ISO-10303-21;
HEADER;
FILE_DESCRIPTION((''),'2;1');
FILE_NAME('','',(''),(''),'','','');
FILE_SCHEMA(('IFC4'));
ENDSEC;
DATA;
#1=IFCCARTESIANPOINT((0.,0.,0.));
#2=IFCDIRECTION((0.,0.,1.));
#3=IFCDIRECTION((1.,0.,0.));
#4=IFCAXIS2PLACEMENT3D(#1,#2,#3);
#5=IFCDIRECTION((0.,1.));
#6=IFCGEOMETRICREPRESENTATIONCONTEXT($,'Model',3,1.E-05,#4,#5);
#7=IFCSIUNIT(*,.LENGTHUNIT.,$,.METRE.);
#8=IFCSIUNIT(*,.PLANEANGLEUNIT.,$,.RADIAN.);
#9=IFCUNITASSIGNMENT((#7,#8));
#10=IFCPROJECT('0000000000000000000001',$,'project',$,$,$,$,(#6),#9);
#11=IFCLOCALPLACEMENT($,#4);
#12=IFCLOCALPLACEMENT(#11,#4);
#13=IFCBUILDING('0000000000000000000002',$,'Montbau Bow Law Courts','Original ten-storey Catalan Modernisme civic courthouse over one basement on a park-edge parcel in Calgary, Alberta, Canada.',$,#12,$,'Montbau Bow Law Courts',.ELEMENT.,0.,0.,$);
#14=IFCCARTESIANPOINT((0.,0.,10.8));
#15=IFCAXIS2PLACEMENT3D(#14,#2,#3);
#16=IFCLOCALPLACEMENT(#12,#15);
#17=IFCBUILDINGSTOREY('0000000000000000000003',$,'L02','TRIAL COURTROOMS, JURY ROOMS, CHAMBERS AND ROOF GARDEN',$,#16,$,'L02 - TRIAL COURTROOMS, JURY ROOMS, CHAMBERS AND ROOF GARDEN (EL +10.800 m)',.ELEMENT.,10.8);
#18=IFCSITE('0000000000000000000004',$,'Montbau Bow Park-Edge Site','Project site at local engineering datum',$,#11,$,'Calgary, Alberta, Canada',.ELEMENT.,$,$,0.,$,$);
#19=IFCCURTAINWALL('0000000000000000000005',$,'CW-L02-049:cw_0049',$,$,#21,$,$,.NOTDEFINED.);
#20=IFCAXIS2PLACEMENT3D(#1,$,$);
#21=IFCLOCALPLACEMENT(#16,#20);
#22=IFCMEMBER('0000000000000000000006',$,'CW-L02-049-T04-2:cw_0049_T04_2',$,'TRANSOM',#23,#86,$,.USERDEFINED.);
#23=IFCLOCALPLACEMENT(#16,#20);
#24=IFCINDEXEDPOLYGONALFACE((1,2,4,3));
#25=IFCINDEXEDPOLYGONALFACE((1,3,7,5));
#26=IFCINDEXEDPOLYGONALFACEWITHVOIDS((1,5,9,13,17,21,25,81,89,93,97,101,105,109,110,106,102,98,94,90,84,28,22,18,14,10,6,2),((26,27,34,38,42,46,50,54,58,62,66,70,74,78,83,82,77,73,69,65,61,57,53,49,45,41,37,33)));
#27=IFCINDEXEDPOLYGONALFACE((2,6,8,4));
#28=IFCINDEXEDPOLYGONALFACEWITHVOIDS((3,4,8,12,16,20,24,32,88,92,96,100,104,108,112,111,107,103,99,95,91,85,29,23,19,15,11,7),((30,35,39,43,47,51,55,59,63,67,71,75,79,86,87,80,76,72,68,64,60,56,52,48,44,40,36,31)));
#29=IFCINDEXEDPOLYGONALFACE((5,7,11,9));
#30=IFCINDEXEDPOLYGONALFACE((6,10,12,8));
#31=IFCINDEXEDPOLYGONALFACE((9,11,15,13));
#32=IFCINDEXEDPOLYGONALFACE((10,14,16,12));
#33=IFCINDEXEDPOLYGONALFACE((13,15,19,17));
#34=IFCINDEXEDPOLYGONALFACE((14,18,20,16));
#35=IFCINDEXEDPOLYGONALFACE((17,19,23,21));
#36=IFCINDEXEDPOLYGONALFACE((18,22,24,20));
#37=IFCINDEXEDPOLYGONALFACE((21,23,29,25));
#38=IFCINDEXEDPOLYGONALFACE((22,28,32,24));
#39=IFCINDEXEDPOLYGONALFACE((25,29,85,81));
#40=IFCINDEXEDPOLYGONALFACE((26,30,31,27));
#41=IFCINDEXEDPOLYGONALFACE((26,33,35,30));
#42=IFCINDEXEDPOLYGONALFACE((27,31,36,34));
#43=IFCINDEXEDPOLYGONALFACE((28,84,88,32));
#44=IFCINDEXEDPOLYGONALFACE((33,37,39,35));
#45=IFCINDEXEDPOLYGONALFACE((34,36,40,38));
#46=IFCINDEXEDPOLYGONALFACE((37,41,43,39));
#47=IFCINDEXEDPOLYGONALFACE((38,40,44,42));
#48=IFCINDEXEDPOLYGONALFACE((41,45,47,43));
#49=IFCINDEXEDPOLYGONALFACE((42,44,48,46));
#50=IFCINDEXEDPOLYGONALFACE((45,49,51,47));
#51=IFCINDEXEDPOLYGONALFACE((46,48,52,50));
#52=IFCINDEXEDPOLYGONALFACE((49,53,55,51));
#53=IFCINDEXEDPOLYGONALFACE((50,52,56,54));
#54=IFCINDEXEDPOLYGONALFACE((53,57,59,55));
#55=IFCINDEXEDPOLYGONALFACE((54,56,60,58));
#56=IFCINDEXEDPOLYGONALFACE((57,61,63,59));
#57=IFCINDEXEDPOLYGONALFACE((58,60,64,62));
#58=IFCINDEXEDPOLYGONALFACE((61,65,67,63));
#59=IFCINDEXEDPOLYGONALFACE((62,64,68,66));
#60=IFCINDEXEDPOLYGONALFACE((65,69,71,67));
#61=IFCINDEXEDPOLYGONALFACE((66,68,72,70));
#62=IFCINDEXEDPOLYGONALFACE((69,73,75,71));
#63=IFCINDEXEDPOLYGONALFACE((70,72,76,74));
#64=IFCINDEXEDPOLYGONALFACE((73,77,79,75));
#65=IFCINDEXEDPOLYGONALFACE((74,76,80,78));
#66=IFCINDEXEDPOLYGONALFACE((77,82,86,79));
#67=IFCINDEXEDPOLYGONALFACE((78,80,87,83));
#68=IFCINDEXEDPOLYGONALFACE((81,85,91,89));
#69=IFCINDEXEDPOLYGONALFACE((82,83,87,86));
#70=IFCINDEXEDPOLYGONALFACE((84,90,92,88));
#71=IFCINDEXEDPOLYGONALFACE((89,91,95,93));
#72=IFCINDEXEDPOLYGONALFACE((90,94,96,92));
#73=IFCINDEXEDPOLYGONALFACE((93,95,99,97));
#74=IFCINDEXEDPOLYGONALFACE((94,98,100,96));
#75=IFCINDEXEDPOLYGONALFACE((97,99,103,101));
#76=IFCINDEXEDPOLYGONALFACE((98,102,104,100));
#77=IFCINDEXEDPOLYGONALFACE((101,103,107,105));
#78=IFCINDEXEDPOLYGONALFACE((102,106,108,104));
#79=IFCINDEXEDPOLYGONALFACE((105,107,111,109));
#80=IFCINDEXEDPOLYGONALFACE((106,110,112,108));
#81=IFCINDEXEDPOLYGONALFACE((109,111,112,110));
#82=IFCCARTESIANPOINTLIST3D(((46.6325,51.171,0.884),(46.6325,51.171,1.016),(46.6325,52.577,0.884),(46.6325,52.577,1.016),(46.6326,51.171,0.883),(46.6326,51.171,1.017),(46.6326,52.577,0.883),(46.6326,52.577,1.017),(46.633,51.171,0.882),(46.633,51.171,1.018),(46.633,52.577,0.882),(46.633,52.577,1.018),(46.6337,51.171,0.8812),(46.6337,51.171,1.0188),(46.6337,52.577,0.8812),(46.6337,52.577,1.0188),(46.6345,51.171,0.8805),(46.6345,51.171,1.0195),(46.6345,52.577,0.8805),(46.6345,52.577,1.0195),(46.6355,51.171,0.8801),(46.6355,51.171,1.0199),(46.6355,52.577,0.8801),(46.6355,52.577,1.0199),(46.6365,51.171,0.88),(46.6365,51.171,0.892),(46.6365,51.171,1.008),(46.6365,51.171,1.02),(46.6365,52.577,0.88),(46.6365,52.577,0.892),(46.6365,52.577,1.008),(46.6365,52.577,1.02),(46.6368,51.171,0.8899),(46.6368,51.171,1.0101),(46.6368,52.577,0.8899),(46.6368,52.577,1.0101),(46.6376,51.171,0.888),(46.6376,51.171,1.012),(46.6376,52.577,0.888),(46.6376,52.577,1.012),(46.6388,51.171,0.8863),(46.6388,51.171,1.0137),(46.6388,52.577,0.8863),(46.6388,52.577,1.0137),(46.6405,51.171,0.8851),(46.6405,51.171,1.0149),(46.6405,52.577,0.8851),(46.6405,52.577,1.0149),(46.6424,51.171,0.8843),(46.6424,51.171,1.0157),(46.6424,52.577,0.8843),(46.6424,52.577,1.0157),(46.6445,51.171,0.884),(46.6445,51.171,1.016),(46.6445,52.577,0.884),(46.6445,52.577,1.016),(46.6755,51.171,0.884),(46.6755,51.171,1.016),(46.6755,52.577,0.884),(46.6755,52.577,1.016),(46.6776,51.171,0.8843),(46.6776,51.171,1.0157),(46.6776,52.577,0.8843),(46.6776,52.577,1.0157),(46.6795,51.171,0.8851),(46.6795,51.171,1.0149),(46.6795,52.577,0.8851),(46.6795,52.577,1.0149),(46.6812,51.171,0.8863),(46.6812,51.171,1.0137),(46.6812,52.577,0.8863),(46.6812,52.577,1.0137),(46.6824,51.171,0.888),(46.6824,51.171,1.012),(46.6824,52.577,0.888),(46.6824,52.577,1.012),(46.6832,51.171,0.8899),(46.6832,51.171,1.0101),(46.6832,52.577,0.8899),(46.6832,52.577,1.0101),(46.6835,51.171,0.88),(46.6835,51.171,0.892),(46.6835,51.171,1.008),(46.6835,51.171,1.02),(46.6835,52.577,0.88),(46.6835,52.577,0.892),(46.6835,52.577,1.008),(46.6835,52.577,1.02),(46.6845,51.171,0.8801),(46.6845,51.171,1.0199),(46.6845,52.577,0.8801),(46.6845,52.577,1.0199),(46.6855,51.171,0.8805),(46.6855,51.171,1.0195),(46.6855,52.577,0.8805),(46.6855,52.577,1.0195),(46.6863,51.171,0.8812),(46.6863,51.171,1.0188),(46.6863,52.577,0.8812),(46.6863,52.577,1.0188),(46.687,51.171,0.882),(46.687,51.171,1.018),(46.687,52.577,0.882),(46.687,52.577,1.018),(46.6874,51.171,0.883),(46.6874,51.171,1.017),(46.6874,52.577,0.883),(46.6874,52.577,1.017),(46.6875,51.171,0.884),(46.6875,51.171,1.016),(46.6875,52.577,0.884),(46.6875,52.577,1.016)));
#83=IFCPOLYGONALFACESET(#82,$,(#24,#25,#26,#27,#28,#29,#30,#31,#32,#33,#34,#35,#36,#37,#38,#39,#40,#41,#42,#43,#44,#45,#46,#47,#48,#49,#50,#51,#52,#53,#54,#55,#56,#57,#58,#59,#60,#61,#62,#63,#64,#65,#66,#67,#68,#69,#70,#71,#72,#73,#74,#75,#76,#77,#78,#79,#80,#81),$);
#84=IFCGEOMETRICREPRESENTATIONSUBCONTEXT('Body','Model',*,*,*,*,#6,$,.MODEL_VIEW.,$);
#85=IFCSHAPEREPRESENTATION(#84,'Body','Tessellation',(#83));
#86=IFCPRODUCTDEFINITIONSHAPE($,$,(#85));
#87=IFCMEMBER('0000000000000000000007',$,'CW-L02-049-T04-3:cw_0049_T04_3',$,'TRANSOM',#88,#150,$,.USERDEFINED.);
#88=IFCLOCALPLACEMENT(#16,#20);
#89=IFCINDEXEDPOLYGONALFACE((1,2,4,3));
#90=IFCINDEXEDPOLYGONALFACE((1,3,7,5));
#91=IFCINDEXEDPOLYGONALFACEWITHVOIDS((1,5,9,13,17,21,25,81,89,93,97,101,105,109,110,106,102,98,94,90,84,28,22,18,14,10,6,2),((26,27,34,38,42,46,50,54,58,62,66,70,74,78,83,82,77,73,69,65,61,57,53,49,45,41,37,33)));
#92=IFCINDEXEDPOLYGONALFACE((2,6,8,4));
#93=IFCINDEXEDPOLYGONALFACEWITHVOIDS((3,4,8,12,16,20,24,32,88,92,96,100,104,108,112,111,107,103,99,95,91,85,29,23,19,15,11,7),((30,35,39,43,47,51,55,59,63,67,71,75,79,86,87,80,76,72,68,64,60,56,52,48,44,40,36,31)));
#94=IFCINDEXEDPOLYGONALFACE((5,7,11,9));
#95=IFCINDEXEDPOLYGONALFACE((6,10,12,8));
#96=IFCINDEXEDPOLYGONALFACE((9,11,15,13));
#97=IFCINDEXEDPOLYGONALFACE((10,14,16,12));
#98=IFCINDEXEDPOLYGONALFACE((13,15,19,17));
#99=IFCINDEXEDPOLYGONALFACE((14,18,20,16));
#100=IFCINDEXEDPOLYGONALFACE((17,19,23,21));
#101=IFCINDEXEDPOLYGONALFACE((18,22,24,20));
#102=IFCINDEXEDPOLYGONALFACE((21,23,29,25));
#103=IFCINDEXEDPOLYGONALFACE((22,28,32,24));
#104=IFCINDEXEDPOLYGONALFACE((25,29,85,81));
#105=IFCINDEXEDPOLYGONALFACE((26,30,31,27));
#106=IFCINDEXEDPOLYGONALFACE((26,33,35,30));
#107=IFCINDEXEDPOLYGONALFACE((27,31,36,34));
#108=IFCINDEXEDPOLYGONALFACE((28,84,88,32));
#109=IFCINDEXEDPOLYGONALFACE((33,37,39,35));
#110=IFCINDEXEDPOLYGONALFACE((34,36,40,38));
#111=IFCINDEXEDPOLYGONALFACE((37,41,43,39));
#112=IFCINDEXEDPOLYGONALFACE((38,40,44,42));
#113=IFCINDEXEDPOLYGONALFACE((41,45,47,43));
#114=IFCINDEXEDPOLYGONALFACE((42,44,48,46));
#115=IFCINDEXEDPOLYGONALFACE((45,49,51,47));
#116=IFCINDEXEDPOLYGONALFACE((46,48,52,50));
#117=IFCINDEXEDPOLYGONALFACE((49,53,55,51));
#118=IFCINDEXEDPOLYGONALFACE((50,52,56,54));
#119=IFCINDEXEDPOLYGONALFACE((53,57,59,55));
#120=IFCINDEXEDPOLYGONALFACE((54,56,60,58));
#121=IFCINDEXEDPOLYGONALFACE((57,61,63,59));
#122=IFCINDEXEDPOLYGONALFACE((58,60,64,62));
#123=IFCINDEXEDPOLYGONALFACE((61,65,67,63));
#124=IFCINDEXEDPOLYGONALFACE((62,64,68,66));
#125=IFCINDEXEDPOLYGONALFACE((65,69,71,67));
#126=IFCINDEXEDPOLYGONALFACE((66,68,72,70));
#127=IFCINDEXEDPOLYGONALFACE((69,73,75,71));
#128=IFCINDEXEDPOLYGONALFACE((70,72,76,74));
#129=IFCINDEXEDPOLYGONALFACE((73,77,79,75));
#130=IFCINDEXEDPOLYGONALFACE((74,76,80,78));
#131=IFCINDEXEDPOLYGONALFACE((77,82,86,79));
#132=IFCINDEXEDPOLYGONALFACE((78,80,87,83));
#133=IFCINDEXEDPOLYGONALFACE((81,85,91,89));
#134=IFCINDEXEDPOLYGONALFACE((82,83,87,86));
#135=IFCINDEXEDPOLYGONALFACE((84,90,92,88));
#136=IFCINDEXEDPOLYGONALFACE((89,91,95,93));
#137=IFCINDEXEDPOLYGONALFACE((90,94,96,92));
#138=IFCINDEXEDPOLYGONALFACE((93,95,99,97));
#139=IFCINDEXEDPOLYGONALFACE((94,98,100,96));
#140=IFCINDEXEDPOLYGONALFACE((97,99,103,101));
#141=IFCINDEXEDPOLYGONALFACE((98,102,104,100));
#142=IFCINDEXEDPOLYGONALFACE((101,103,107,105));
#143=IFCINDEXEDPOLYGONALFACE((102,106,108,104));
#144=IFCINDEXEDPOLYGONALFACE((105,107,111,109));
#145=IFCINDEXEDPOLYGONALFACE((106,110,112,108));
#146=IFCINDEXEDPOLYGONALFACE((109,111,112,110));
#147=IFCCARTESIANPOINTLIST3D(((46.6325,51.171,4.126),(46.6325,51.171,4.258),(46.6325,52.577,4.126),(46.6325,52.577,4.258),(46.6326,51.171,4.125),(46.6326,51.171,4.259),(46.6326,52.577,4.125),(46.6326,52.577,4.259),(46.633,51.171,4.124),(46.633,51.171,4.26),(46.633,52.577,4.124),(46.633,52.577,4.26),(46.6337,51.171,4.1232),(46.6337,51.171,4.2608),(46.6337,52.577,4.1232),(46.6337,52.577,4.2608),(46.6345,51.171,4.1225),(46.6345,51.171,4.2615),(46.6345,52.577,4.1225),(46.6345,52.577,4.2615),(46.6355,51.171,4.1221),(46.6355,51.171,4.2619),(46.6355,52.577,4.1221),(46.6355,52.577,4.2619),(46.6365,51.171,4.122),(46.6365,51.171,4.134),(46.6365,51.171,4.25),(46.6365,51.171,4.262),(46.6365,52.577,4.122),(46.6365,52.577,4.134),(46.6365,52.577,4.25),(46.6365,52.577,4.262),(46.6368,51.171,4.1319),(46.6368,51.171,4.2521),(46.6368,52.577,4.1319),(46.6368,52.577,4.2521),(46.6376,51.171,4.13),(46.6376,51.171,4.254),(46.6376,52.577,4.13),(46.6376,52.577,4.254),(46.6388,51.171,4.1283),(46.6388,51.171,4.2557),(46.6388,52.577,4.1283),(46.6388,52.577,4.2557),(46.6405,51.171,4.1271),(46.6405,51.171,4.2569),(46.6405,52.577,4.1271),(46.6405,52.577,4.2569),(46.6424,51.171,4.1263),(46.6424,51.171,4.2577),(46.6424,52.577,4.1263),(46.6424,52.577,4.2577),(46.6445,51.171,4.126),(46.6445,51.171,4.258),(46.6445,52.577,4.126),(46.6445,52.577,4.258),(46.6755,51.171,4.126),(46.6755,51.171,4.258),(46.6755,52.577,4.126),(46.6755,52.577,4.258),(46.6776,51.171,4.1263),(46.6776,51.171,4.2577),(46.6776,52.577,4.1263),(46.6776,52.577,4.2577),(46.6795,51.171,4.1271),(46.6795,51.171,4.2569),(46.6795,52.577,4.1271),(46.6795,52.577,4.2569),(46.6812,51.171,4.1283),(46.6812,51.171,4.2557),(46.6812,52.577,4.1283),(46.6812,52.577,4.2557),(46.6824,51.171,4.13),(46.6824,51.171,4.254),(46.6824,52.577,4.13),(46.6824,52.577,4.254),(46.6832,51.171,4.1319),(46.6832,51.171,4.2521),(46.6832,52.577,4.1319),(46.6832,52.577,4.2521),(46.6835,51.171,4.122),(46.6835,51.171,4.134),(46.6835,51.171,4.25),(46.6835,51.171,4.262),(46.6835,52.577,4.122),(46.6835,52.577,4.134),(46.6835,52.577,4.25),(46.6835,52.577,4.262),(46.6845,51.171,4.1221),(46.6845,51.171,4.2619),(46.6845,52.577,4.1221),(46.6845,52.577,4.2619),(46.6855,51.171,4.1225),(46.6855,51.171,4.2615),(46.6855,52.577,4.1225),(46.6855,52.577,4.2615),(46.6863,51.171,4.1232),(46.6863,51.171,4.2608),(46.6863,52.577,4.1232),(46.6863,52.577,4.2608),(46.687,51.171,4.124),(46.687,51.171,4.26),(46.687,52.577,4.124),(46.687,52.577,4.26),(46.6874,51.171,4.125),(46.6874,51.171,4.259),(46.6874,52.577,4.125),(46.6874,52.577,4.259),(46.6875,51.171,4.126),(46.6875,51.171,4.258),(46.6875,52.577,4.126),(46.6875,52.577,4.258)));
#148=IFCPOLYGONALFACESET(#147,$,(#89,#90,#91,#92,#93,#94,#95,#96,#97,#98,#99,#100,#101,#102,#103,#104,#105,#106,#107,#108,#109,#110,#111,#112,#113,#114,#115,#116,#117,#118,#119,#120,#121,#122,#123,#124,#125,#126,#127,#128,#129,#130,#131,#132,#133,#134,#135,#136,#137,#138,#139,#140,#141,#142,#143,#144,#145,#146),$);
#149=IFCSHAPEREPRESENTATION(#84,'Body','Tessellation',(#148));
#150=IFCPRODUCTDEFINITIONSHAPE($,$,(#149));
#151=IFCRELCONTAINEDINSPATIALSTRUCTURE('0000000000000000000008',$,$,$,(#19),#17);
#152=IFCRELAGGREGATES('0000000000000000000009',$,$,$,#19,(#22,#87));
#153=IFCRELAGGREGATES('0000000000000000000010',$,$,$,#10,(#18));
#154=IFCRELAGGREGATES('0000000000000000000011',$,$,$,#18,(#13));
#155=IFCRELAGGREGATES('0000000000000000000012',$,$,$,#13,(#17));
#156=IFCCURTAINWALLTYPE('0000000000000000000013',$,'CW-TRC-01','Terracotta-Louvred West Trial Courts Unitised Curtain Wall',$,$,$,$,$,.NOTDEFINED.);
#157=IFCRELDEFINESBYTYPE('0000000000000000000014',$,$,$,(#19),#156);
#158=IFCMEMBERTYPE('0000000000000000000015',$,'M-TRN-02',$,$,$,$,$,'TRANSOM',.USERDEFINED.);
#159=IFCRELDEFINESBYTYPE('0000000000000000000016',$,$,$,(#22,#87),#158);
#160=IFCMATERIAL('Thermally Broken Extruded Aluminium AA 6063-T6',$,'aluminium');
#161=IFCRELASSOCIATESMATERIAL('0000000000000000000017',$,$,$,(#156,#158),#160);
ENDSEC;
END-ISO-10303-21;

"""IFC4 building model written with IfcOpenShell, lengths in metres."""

from ifc_helpers import new_model, si_unit, direction, frame, origin_with_axes, origin_2d_with_axis, place, context, subcontext, project, spatial, hollow_rectangle, extrude, material, material_profile, profile_set, type_object, element, aggregate, save


model = new_model("IFC4")

# Units and contexts
model_context = context("Model", 3, precision=1e-05, world=origin_with_axes(), true_north=direction((0.0, 1.0)))
body_context = subcontext(model_context, "Body", "Model", "MODEL_VIEW")
ifc_project = project(units=[si_unit("LENGTHUNIT", "METRE"), si_unit("PLANEANGLEUNIT", "RADIAN")], contexts=[model_context])

# Site, building, storey
site_placement = place(None, origin_with_axes())
site = spatial("IfcSite", under=ifc_project, at=site_placement, Name="Montbau Bow Park-Edge Site", Description="Project site at local engineering datum", LongName="Calgary, Alberta, Canada", CompositionType="ELEMENT", RefElevation=0.0)
building_placement = place(site_placement, origin_with_axes())
building = spatial("IfcBuilding", under=site, at=building_placement, Name="Montbau Bow Law Courts", Description="Original ten-storey Catalan Modernisme civic courthouse over one basement on a park-edge parcel in Calgary, Alberta, Canada.", LongName="Montbau Bow Law Courts", CompositionType="ELEMENT", ElevationOfRefHeight=0.0, ElevationOfTerrain=0.0)
storey_placement = place(building_placement, frame((0.0, 0.0, 10.8), z_axis=(0.0, 0.0, 1.0), x_axis=(1.0, 0.0, 0.0)))
storey = spatial("IfcBuildingStorey", under=building, at=storey_placement, Name="L02", Description="TRIAL COURTROOMS, JURY ROOMS, CHAMBERS AND ROOF GARDEN", LongName="L02 - TRIAL COURTROOMS, JURY ROOMS, CHAMBERS AND ROOF GARDEN (EL +10.800 m)", CompositionType="ELEMENT", Elevation=10.8)

# Curtain wall
ifc_material_1 = material(Name="Thermally Broken Extruded Aluminium AA 6063-T6", Category="aluminium")
curtain_wall_type = type_object("IfcCurtainWallType", Name="CW-TRC-01", Description="Terracotta-Louvred West Trial Courts Unitised Curtain Wall", PredefinedType="NOTDEFINED", material=ifc_material_1)
curtain_wall_1_placement = place(None, frame((46.66, 46.715, 10.8), z_axis=(0.0, 0.0, 1.0), x_axis=(1.0, 0.0, 0.0)))
curtain_wall_1 = element("IfcCurtainWall", 1, at=curtain_wall_1_placement, inside=storey, type_object=curtain_wall_type, Name="CW-L02-049:cw_0049", PredefinedType="NOTDEFINED")

# Members
ifc_material_profile_1 = material_profile(ifc_material_1, hollow_rectangle(XDim=0.055, YDim=0.14, WallThickness=0.004, InnerFilletRadius=0.008, OuterFilletRadius=0.004, at=origin_2d_with_axis()), Name="CWT-140X55", Category="Main", Priority=0)
ifc_profile_set_1 = profile_set([ifc_material_profile_1], Name="Thermally Broken Extruded Aluminium AA 6063-T6")
member_type_1 = type_object("IfcMemberType", Name="M-TRN-02", ElementType="TRANSOM", PredefinedType="USERDEFINED", material=ifc_profile_set_1)
member_1_placement = place(None, frame((46.66, 51.171, 11.75), z_axis=(0.0, 1.0, 0.0), x_axis=(-1.0, 0.0, 0.0)))
member_1 = element("IfcMember", 2, at=member_1_placement, type_object=member_type_1, Name="CW-L02-049-T04-2:cw_0049_T04_2", ObjectType="TRANSOM", PredefinedType="USERDEFINED", context=body_context, shape_type="SweptSolid", body=[
    extrude(hollow_rectangle(XDim=0.055, YDim=0.14, WallThickness=0.004, InnerFilletRadius=0.008, OuterFilletRadius=0.004, at=origin_2d_with_axis()), origin_with_axes(), (0.0, 0.0, 1.0), 1.406),
])
member_2_placement = place(None, frame((46.66, 51.171, 14.992), z_axis=(0.0, 1.0, 0.0), x_axis=(-1.0, 0.0, 0.0)))
member_2 = element("IfcMember", 3, at=member_2_placement, type_object=member_type_1, Name="CW-L02-049-T04-3:cw_0049_T04_3", ObjectType="TRANSOM", PredefinedType="USERDEFINED", context=body_context, shape_type="SweptSolid", body=[
    extrude(hollow_rectangle(XDim=0.055, YDim=0.14, WallThickness=0.004, InnerFilletRadius=0.008, OuterFilletRadius=0.004, at=origin_2d_with_axis()), origin_with_axes(), (0.0, 0.0, 1.0), 1.406),
])

aggregate(curtain_wall_1, [member_1, member_2])

save(model, "model.ifc")
